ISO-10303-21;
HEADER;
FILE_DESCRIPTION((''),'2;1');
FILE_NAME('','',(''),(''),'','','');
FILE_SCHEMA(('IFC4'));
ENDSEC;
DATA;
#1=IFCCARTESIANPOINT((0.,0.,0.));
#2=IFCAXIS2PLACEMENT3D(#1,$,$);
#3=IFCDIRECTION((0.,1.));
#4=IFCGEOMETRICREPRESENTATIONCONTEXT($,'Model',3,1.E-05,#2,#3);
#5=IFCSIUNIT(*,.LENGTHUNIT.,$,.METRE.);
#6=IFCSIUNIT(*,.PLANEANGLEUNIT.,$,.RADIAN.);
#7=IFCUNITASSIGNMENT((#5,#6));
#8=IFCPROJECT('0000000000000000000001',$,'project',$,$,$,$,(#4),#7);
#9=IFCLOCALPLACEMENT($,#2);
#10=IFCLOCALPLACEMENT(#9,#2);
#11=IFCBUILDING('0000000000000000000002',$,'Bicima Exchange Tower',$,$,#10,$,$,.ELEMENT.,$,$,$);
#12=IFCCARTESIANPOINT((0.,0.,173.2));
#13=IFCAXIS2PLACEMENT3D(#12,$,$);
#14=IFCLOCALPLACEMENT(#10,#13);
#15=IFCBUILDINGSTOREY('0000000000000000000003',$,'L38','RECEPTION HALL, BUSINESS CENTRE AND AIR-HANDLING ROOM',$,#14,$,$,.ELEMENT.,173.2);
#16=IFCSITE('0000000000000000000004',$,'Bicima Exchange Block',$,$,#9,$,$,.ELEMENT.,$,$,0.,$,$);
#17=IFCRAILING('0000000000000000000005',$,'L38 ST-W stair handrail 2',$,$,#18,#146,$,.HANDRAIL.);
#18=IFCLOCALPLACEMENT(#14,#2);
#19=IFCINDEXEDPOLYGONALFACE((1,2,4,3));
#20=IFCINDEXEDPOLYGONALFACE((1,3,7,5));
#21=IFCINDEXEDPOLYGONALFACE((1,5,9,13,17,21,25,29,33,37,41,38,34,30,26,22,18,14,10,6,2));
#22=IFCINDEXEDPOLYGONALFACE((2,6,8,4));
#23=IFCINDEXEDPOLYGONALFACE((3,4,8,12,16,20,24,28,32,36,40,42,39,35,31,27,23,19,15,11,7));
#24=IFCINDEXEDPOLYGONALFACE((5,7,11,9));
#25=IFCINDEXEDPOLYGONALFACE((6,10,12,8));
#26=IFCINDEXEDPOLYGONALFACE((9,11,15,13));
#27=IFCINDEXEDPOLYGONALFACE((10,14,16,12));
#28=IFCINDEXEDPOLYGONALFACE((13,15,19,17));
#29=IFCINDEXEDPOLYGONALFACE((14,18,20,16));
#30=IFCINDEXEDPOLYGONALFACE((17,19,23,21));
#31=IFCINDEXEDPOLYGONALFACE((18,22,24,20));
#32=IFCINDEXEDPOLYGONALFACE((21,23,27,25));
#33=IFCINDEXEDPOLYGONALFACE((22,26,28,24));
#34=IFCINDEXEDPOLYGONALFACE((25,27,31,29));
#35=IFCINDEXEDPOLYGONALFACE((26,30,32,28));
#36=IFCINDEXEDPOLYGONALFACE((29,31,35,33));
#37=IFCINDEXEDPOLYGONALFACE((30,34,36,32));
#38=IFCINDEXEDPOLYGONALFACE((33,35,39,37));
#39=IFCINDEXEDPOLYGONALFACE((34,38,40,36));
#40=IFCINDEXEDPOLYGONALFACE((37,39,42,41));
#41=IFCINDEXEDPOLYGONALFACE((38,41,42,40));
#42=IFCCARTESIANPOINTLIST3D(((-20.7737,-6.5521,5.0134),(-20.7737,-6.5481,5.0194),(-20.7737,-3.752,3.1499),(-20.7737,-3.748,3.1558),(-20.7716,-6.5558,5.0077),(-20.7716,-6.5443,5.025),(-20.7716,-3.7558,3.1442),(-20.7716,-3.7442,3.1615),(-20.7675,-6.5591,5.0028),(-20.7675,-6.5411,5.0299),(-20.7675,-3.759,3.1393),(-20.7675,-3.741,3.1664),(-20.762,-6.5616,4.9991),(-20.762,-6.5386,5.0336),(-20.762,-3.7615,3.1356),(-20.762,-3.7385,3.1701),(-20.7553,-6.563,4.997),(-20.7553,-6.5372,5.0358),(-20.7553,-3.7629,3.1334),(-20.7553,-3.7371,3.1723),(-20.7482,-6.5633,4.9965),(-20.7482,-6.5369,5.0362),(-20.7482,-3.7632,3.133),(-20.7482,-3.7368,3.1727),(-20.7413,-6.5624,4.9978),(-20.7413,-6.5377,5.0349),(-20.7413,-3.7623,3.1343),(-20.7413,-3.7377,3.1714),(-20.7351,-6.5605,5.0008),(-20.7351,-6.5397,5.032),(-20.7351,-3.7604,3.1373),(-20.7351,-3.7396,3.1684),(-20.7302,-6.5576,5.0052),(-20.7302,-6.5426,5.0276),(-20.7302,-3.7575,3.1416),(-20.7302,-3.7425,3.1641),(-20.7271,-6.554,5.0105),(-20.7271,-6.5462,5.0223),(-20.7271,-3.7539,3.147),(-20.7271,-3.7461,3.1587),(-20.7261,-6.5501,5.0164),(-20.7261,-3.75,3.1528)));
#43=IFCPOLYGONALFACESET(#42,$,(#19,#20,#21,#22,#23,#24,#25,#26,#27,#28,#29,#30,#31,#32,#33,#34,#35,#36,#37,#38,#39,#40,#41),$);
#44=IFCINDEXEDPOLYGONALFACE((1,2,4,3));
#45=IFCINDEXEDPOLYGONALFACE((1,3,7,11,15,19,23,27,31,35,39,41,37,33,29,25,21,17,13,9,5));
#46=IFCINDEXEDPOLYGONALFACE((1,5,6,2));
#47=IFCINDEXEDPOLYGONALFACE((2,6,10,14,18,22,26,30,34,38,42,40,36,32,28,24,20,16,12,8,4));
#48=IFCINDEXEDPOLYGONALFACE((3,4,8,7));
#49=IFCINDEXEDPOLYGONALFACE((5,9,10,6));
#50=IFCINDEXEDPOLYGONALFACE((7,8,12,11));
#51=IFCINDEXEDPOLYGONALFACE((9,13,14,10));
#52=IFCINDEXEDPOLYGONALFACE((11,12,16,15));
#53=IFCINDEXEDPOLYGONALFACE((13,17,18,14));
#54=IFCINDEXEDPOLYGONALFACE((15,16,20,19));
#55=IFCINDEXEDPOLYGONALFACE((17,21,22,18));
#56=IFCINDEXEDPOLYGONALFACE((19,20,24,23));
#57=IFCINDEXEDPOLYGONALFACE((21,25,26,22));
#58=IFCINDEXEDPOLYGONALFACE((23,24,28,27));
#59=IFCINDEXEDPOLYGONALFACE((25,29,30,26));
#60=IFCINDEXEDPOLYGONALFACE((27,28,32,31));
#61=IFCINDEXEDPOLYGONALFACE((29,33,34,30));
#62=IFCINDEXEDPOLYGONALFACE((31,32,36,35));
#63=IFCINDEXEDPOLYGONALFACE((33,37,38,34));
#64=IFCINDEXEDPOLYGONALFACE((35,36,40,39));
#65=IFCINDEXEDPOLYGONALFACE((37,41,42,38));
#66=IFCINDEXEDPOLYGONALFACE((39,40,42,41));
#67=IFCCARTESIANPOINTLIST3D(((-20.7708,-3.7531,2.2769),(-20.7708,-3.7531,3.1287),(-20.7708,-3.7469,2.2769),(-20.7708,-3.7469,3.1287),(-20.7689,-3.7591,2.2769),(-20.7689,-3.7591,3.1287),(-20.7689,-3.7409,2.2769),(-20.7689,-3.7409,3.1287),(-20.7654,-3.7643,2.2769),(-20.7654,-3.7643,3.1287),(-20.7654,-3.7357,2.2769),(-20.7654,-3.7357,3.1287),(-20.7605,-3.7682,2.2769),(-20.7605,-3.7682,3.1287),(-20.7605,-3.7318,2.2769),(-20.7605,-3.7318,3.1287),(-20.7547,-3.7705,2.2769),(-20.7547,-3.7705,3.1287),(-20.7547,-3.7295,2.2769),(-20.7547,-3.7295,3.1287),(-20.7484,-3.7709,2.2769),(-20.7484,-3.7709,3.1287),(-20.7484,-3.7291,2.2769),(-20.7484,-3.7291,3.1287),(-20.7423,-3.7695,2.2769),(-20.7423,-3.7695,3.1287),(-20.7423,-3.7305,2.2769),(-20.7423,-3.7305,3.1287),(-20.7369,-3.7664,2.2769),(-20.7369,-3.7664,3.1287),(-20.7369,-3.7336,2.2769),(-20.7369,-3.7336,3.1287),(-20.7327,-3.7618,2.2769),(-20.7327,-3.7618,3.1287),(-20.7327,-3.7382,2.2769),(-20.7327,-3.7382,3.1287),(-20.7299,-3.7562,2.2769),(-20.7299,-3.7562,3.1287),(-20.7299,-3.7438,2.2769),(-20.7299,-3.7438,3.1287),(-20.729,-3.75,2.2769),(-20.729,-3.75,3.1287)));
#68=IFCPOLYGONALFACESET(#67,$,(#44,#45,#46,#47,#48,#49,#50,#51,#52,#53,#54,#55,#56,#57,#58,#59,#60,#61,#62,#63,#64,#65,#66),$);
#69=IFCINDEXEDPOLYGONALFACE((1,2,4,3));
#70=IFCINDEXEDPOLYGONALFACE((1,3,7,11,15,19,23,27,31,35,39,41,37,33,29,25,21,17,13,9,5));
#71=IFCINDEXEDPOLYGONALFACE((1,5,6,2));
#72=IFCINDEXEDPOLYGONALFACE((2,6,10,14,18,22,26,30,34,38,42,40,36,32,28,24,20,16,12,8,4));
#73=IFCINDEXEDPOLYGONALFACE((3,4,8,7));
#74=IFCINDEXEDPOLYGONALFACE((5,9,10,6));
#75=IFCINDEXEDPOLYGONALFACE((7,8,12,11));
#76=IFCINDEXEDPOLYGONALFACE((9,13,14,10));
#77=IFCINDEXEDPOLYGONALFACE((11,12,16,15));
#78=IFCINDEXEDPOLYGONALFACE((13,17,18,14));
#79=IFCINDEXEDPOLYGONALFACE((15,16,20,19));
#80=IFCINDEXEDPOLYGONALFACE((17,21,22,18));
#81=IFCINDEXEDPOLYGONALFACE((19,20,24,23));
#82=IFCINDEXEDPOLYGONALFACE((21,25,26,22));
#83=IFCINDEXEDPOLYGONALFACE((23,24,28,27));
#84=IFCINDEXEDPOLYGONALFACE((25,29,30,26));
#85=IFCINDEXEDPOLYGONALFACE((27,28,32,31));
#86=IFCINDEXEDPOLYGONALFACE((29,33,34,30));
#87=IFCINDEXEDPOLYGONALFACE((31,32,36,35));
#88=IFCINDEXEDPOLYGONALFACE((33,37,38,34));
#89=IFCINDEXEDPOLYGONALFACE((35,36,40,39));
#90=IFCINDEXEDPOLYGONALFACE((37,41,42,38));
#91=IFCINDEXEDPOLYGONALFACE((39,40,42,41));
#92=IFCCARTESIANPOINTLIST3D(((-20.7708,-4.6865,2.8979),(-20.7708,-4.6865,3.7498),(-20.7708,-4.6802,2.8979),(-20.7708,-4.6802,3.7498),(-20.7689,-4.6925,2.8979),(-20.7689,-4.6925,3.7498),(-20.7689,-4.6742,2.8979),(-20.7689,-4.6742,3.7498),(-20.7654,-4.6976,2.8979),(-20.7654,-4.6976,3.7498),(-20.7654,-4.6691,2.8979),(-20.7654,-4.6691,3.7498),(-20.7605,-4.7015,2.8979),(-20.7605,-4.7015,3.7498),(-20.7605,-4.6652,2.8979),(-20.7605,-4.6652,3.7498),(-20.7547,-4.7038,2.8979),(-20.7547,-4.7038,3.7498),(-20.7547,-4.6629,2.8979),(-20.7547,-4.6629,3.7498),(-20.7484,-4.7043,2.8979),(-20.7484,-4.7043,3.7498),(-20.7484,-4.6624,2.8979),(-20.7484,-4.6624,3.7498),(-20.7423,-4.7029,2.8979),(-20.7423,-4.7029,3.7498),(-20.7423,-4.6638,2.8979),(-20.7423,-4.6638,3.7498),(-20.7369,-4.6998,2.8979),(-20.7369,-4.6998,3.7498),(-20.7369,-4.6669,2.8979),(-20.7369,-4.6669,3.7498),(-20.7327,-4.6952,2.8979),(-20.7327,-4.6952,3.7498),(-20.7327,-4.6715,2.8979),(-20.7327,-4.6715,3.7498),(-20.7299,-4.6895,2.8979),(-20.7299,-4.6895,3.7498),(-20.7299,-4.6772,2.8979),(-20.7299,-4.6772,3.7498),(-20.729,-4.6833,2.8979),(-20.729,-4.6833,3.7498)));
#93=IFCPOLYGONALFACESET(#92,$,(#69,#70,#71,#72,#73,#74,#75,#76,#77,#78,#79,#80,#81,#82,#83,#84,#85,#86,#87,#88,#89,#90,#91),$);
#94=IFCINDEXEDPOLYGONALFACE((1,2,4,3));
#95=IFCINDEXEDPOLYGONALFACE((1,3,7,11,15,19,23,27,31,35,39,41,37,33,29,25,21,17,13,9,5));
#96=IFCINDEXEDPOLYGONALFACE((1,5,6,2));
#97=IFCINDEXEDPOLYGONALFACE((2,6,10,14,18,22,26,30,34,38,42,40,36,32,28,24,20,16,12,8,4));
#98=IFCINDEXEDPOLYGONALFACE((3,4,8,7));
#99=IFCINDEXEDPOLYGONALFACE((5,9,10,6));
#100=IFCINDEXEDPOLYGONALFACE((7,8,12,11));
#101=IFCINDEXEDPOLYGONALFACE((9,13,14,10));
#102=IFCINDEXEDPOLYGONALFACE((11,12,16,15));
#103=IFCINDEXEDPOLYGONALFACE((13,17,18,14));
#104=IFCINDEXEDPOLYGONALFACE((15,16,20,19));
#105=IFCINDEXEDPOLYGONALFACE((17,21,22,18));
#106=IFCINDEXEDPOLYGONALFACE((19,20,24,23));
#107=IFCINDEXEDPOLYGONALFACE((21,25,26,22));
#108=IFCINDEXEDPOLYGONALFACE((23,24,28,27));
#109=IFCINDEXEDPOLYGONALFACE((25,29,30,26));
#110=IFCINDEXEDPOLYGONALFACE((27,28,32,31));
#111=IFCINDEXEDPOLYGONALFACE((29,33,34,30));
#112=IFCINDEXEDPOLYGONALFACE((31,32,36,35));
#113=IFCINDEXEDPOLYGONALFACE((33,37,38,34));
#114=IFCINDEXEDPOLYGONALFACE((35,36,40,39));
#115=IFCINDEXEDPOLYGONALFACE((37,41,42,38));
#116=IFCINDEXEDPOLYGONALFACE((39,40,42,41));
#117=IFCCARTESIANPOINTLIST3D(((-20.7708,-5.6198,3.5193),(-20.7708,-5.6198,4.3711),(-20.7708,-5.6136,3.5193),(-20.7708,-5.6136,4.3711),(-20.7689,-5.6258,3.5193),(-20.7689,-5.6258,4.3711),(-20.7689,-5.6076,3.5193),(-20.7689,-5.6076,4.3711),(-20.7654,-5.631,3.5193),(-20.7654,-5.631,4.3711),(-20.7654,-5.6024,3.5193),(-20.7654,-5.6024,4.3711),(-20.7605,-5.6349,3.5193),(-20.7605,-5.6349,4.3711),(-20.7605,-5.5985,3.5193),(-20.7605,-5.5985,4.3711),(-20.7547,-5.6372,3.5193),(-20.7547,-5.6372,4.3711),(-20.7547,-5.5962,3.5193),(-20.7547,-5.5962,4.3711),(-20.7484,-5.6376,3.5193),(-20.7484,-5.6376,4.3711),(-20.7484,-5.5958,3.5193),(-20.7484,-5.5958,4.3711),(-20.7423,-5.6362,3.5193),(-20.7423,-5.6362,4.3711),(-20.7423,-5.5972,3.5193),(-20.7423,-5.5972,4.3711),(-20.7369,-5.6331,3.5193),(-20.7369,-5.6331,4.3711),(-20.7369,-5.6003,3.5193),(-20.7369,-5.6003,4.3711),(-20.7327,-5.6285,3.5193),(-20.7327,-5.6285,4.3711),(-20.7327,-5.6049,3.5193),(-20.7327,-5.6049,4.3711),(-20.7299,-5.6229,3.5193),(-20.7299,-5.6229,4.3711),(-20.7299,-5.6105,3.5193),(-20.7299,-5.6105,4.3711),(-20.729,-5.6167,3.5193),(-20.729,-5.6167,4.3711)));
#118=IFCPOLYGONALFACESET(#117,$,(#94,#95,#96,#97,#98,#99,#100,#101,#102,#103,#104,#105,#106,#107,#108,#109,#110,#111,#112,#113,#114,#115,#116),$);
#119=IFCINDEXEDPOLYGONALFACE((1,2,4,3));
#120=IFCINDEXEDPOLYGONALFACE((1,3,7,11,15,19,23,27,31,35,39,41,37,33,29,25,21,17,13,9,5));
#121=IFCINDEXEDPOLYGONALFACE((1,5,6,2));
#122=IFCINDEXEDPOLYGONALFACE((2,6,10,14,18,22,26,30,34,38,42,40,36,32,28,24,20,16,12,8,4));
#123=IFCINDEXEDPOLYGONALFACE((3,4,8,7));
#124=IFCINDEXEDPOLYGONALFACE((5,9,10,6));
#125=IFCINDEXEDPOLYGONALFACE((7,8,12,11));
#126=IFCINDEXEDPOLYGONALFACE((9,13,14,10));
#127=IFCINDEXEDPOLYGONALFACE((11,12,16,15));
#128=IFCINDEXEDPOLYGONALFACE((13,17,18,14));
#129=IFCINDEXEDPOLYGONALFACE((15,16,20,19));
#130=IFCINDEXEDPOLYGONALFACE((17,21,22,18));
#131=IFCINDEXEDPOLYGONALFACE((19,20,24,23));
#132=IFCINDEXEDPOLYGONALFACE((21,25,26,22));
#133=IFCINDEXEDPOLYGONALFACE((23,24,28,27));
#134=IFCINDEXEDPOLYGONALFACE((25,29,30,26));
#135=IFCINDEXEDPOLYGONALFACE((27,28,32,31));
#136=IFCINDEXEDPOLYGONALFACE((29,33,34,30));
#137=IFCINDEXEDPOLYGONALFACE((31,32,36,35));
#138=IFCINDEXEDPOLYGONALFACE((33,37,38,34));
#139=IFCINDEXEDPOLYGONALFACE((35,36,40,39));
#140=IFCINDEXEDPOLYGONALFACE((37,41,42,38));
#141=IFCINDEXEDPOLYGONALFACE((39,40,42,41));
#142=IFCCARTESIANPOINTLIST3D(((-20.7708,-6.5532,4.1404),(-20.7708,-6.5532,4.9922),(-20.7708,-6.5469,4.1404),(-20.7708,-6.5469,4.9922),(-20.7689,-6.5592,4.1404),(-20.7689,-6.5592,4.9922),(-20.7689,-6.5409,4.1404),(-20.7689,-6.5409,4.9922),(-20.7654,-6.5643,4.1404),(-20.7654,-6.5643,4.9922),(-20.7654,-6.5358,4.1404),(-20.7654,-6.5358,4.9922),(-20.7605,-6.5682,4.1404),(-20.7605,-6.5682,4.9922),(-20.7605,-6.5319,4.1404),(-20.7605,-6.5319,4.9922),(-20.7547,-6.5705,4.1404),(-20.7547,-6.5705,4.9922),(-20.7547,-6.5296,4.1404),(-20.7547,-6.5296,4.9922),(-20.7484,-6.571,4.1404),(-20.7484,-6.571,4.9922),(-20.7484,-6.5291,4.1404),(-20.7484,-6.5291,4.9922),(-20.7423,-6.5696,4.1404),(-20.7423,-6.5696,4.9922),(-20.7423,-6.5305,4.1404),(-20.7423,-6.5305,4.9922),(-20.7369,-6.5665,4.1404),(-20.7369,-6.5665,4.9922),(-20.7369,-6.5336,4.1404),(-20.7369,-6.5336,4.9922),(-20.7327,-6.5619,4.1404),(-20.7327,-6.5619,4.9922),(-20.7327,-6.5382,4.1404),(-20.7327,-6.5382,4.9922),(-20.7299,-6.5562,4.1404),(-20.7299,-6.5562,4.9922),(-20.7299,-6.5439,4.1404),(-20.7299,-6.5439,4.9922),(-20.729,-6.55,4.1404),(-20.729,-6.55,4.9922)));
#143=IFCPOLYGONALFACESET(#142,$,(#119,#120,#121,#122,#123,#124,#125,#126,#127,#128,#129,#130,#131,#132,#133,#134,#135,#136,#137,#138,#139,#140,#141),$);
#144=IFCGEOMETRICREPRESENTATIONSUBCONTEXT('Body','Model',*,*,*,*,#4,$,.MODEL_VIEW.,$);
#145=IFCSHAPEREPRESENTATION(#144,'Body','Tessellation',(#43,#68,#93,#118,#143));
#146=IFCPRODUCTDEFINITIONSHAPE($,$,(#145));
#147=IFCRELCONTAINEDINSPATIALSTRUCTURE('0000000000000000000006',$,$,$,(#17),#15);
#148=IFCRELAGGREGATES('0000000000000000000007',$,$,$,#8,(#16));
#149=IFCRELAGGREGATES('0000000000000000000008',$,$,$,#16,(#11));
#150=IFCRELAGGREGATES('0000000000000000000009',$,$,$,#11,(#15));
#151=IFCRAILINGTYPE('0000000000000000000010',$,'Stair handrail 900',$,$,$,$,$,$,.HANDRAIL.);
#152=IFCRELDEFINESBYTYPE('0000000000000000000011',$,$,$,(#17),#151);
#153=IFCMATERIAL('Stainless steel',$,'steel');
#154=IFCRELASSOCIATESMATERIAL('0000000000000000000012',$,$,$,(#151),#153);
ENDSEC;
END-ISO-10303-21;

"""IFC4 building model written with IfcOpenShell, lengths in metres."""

from ifc_helpers import new_model, si_unit, direction, frame, origin, origin_2d, place, context, subcontext, project, spatial, circle, extrude, material, type_object, element, save


model = new_model("IFC4")

# Units and contexts
model_context = context("Model", 3, precision=1e-05, world=origin(), true_north=direction((0.0, 1.0)))
body_context = subcontext(model_context, "Body", "Model", "MODEL_VIEW")
ifc_project = project(units=[si_unit("LENGTHUNIT", "METRE"), si_unit("PLANEANGLEUNIT", "RADIAN")], contexts=[model_context])

# Site, building, storey
site_placement = place(None, origin())
site = spatial("IfcSite", under=ifc_project, at=site_placement, Name="Bicima Exchange Block", CompositionType="ELEMENT", RefElevation=0.0)
building_placement = place(site_placement, origin())
building = spatial("IfcBuilding", under=site, at=building_placement, Name="Bicima Exchange Tower", CompositionType="ELEMENT")
storey_placement = place(building_placement, frame((0.0, 0.0, 173.2)))
storey = spatial("IfcBuildingStorey", under=building, at=storey_placement, Name="L38", Description="RECEPTION HALL, BUSINESS CENTRE AND AIR-HANDLING ROOM", CompositionType="ELEMENT", Elevation=173.2)

# Railing
ifc_material_1 = material(Name="Stainless steel", Category="steel")
railing_type_1 = type_object("IfcRailingType", Name="Stair handrail 900", PredefinedType="HANDRAIL", material=ifc_material_1)
railing_1_placement = place(storey_placement, frame((-20.75, -3.75, 2.2769)))
element("IfcRailing", 1, at=railing_1_placement, inside=storey, type_object=railing_type_1, Name="L38 ST-W stair handrail 2", PredefinedType="HANDRAIL", context=body_context, shape_type="SweptSolid", body=[
    extrude(circle(Radius=0.0239, at=origin_2d()), frame((0.0, 0.0, 0.876), z_axis=(0.0, -0.832486, 0.554047), x_axis=(1.0, 0.0, 0.0)), (0.0, 0.0, 1.0), 3.3635),
    extrude(circle(Radius=0.021, at=origin_2d()), origin(), (0.0, 0.0, 1.0), 0.8518),
    extrude(circle(Radius=0.021, at=origin_2d()), frame((0.0, -0.9333, 0.6211)), (0.0, 0.0, 1.0), 0.8518),
    extrude(circle(Radius=0.021, at=origin_2d()), frame((0.0, -1.8667, 1.2424)), (0.0, 0.0, 1.0), 0.8518),
    extrude(circle(Radius=0.021, at=origin_2d()), frame((0.0, -2.8, 1.8635)), (0.0, 0.0, 1.0), 0.8518),
])

save(model, "model.ifc")
